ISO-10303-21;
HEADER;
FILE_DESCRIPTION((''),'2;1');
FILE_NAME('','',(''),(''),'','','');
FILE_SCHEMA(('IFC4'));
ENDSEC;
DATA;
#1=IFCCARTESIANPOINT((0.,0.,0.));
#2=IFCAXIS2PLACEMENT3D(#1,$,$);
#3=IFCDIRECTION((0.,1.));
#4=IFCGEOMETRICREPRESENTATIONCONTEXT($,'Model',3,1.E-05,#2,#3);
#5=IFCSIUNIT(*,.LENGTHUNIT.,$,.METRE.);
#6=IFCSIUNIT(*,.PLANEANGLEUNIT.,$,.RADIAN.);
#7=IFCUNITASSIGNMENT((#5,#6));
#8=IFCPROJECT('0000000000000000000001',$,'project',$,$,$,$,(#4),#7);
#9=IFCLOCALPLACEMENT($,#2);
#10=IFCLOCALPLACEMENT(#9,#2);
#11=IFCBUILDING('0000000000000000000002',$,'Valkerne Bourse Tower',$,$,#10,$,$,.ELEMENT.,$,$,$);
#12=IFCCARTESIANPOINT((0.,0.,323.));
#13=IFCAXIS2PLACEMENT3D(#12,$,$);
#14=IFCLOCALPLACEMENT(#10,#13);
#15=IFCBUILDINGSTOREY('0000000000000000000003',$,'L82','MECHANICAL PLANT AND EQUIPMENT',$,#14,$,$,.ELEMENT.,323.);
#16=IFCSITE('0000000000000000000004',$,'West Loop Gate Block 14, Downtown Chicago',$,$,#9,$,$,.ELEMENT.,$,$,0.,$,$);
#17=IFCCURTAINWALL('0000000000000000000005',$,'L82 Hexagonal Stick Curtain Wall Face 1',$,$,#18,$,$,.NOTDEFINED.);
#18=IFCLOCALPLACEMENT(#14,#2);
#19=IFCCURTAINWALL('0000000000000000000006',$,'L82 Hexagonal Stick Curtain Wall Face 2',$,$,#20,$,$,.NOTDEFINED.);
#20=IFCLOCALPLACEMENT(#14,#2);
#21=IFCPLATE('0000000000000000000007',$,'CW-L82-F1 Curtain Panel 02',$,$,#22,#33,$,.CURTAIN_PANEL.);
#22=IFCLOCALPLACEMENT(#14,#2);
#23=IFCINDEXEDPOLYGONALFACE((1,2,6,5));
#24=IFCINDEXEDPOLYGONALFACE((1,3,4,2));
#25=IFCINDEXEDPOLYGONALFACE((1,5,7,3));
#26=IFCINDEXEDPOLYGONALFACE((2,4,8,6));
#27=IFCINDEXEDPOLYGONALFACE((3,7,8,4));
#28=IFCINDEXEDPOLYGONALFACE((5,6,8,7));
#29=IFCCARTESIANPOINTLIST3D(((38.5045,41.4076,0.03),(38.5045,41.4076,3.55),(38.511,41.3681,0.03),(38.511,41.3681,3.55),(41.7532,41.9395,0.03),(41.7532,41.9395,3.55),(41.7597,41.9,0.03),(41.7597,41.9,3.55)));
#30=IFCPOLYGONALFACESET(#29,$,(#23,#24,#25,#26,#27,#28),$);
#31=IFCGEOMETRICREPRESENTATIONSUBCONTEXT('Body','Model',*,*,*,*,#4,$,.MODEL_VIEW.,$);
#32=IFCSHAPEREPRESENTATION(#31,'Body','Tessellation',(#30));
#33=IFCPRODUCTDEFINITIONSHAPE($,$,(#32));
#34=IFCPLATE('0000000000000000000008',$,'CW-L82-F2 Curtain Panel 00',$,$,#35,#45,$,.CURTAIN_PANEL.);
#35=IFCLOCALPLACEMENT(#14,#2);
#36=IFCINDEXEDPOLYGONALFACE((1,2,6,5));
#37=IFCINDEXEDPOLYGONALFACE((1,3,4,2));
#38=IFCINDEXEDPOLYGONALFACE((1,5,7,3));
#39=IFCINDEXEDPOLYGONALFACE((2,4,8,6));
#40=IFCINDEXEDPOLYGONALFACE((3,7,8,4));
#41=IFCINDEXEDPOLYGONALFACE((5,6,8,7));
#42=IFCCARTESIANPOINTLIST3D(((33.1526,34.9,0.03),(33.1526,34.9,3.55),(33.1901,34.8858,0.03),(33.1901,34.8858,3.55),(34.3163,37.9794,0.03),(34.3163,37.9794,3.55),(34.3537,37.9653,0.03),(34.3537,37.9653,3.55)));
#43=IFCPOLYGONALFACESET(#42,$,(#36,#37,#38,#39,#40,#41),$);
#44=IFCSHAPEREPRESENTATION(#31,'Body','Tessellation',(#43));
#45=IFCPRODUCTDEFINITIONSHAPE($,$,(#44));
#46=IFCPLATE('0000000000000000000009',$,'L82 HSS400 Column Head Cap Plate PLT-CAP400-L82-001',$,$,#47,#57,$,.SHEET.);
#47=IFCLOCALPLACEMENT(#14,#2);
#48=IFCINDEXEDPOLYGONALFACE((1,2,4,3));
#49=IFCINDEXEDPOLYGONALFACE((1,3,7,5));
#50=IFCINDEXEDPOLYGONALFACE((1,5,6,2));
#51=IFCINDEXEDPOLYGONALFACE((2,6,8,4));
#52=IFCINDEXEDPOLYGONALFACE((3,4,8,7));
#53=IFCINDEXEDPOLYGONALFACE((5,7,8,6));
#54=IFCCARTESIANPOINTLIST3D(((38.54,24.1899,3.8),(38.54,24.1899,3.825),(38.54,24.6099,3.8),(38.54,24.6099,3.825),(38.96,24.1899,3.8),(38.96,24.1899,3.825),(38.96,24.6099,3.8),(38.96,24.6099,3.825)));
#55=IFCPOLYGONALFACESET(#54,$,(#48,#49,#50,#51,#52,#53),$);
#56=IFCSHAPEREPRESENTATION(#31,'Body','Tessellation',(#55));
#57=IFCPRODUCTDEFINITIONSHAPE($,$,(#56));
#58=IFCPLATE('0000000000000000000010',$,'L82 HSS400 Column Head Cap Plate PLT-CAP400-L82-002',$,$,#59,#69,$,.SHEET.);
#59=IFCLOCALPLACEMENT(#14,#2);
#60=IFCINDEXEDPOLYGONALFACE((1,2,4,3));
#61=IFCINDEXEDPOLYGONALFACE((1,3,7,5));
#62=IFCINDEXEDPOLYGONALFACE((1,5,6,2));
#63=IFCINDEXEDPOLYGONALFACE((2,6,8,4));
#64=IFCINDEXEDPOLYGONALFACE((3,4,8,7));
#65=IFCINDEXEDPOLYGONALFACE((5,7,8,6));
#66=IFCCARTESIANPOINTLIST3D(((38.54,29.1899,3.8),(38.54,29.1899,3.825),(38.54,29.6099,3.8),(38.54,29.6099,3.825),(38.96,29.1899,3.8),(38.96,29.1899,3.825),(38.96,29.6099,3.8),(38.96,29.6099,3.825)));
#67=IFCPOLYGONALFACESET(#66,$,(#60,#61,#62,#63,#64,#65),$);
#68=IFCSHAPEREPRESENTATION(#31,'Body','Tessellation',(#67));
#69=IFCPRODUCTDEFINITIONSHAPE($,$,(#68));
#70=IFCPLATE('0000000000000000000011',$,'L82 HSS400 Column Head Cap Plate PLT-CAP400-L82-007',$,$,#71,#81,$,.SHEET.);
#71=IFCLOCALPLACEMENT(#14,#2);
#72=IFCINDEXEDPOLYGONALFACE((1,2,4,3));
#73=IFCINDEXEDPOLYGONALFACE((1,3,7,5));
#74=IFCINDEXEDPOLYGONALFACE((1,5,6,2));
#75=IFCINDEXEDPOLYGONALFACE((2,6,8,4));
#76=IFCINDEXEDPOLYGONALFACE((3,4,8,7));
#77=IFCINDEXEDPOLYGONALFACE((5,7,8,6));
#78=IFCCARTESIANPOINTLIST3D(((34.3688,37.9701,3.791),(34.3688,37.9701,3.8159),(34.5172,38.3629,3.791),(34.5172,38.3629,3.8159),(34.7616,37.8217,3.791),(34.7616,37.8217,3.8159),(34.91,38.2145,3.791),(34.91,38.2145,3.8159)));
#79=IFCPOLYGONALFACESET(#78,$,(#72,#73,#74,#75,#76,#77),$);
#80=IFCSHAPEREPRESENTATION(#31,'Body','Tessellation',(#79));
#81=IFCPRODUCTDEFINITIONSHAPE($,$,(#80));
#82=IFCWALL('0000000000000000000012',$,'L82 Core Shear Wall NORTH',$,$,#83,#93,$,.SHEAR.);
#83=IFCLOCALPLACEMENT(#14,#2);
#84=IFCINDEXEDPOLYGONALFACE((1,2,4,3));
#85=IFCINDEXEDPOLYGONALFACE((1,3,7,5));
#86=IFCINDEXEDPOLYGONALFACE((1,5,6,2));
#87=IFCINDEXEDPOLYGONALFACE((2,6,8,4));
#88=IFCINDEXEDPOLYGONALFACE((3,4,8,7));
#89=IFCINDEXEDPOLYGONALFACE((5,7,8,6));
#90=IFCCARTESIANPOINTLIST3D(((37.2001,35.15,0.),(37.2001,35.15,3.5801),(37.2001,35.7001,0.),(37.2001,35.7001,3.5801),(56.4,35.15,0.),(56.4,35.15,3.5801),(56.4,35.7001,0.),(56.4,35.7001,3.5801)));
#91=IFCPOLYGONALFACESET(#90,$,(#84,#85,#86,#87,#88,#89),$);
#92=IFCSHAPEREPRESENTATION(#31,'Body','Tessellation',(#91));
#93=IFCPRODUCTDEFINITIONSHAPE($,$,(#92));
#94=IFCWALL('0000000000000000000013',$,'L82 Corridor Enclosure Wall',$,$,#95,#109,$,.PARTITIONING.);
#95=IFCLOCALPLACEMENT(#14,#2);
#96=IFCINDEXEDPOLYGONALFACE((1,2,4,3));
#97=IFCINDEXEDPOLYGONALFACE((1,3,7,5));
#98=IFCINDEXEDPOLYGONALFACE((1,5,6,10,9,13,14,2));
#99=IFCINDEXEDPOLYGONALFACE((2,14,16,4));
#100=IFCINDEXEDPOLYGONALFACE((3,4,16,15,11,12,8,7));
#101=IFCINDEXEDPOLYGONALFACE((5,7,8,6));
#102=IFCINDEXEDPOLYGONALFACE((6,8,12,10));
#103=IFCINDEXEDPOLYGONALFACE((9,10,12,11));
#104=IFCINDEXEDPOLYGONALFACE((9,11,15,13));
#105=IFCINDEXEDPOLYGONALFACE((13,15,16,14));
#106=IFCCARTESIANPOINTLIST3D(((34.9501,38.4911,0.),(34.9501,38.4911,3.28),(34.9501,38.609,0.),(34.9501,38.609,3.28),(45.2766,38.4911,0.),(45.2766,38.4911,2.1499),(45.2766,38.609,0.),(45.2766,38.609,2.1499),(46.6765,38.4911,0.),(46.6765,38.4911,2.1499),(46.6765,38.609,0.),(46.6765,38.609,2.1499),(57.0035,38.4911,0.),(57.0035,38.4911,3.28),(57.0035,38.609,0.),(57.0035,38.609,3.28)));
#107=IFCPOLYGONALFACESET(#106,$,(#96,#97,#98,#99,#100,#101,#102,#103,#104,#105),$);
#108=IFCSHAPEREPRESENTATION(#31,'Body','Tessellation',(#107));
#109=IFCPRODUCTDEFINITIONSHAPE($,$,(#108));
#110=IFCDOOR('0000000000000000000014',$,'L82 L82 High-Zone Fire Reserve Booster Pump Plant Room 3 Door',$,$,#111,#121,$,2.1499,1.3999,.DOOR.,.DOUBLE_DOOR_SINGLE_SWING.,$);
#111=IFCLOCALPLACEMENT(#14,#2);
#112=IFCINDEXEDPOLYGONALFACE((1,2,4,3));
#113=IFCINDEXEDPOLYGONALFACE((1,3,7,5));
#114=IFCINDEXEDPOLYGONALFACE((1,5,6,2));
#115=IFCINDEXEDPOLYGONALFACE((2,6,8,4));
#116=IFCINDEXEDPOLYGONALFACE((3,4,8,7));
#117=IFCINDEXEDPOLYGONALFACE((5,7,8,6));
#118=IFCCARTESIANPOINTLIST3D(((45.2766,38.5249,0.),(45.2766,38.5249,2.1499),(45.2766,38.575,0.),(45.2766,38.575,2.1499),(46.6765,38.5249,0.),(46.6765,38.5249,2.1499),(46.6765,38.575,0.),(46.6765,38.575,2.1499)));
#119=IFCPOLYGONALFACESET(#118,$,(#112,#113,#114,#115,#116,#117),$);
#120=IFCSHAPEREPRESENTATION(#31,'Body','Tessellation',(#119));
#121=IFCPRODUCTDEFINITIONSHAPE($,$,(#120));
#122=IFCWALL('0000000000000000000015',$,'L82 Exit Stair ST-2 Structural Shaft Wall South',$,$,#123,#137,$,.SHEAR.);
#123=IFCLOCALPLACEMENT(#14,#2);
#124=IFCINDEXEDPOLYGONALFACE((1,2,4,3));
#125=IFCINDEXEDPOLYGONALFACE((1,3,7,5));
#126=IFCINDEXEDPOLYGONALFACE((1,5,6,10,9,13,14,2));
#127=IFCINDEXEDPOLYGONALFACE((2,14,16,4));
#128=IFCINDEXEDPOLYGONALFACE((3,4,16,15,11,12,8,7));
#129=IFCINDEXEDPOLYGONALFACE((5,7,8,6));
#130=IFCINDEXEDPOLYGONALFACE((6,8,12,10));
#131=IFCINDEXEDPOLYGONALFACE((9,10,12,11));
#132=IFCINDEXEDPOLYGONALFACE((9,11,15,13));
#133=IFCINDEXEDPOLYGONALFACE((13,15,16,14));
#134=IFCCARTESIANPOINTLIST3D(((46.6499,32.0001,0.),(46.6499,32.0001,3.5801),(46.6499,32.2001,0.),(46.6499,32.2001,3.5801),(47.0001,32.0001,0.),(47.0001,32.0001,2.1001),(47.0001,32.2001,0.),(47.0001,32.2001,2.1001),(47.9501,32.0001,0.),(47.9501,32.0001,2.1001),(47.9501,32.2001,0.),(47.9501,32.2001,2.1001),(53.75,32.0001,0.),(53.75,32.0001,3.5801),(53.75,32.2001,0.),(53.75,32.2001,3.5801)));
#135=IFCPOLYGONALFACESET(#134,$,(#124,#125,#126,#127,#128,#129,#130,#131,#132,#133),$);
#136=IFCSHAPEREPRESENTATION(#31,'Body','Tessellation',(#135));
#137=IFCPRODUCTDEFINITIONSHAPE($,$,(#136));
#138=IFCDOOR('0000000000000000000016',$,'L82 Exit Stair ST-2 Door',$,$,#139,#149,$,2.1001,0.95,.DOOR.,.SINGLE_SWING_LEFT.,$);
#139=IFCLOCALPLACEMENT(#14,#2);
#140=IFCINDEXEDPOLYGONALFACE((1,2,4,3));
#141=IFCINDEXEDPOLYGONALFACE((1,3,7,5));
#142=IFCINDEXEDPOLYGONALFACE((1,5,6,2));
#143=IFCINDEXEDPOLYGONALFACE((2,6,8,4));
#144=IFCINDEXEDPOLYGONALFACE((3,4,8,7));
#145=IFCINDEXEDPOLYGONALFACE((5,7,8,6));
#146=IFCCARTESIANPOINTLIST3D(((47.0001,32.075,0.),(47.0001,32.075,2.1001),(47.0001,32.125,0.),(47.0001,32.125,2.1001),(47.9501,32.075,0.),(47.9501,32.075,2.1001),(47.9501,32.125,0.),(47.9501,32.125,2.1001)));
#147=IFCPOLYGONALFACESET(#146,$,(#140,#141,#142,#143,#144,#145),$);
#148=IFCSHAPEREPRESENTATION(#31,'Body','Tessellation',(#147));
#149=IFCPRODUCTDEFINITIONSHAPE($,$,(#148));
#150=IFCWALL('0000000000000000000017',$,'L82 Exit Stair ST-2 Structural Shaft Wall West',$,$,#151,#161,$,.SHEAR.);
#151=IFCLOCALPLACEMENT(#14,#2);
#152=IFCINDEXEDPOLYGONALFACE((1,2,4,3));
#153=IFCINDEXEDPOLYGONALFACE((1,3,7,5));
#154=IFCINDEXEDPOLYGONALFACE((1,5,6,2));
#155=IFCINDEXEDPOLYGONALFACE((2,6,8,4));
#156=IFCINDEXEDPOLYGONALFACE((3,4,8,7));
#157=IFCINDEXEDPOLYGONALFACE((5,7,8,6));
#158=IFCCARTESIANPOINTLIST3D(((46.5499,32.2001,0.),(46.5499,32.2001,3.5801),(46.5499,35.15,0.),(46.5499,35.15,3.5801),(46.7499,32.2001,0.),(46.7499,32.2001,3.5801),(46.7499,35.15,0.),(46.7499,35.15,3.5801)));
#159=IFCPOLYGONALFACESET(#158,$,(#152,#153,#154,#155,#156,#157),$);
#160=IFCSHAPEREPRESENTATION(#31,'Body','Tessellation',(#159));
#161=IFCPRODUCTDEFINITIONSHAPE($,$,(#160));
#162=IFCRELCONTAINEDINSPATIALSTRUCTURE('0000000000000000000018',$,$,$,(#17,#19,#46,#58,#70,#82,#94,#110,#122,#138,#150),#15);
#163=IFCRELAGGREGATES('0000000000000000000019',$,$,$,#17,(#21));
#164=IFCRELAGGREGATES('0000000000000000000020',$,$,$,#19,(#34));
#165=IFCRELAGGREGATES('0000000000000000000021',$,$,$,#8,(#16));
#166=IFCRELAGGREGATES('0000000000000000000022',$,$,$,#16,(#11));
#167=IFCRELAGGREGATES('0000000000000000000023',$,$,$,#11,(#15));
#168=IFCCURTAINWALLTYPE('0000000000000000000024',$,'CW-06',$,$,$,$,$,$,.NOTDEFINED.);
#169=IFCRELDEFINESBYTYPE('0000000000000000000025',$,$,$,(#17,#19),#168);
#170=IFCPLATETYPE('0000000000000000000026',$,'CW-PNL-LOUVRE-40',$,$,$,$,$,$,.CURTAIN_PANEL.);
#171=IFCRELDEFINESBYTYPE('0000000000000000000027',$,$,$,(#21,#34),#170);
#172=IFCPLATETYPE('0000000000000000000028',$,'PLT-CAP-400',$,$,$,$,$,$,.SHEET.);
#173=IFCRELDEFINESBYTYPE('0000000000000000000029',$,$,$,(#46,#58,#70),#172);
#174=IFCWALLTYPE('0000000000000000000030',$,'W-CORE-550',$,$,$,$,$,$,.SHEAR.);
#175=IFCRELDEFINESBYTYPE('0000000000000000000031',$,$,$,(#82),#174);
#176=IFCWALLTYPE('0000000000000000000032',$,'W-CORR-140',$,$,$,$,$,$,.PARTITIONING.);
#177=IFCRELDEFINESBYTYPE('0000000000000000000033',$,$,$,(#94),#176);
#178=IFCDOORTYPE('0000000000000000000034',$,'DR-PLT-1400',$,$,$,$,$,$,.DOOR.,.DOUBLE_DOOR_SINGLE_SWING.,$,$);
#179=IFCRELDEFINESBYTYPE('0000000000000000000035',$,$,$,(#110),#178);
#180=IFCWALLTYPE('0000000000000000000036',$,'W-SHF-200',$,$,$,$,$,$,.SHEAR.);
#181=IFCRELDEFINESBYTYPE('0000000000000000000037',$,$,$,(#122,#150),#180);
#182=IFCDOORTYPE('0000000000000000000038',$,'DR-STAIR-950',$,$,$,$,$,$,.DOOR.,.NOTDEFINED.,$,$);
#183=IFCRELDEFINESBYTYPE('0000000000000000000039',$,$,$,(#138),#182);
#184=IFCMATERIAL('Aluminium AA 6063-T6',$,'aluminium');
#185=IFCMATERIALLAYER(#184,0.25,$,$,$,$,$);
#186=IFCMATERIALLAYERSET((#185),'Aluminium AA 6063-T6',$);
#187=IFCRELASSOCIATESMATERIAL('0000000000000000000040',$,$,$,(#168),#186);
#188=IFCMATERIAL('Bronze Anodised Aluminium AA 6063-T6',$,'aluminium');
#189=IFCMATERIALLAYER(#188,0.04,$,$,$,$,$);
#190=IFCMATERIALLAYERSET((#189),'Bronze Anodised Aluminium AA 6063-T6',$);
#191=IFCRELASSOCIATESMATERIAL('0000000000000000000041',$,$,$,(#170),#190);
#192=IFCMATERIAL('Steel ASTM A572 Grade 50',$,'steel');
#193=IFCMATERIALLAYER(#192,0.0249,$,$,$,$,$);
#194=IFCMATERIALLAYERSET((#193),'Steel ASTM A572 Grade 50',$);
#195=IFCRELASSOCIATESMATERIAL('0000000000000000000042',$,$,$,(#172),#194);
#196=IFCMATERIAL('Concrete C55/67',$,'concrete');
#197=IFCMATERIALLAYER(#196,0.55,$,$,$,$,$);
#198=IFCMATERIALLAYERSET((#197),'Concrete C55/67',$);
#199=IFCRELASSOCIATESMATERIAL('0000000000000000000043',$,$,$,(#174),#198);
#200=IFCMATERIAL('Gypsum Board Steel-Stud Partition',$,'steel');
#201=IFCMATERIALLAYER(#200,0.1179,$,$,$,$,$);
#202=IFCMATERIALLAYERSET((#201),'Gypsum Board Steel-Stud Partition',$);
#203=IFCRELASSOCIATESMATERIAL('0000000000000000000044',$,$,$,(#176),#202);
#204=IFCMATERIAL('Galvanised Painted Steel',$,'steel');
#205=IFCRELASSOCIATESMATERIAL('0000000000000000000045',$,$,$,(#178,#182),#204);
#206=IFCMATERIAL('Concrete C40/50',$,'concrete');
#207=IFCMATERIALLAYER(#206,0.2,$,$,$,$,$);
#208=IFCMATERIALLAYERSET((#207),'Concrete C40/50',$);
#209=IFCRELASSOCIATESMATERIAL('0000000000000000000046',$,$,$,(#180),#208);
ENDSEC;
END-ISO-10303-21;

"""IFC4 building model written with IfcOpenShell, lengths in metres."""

from ifc_helpers import new_model, si_unit, direction, frame, frame_2d, origin, origin_2d, place, context, subcontext, project, spatial, rectangle, extrude, material, layer, layer_set, type_object, element, fill, aggregate, save


model = new_model("IFC4")

# Units and contexts
model_context = context("Model", 3, precision=1e-05, world=origin(), true_north=direction((0.0, 1.0)))
body_context = subcontext(model_context, "Body", "Model", "MODEL_VIEW")
ifc_project = project(units=[si_unit("LENGTHUNIT", "METRE"), si_unit("PLANEANGLEUNIT", "RADIAN")], contexts=[model_context])

# Site, building, storey
site_placement = place(None, origin())
site = spatial("IfcSite", under=ifc_project, at=site_placement, Name="West Loop Gate Block 14, Downtown Chicago", CompositionType="ELEMENT", RefElevation=0.0)
building_placement = place(site_placement, origin())
building = spatial("IfcBuilding", under=site, at=building_placement, Name="Valkerne Bourse Tower", CompositionType="ELEMENT")
storey_placement = place(building_placement, frame((0.0, 0.0, 323.0)))
storey = spatial("IfcBuildingStorey", under=building, at=storey_placement, Name="L82", Description="MECHANICAL PLANT AND EQUIPMENT", CompositionType="ELEMENT", Elevation=323.0)

# Curtain wall
ifc_material_1 = material(Name="Aluminium AA 6063-T6", Category="aluminium")
ifc_layer_1 = layer(ifc_material_1, 0.25)
ifc_layer_set_1 = layer_set([ifc_layer_1], Name="Aluminium AA 6063-T6")
curtain_wall_type = type_object("IfcCurtainWallType", Name="CW-06", PredefinedType="NOTDEFINED", material=ifc_layer_set_1)
curtain_wall_1_placement = place(storey_placement, origin())
curtain_wall_1 = element("IfcCurtainWall", 1, at=curtain_wall_1_placement, inside=storey, type_object=curtain_wall_type, Name="L82 Hexagonal Stick Curtain Wall Face 1", PredefinedType="NOTDEFINED")

# Curtain wall
curtain_wall_2_placement = place(storey_placement, origin())
curtain_wall_2 = element("IfcCurtainWall", 2, at=curtain_wall_2_placement, inside=storey, type_object=curtain_wall_type, Name="L82 Hexagonal Stick Curtain Wall Face 2", PredefinedType="NOTDEFINED")

# Plates
ifc_material_2 = material(Name="Bronze Anodised Aluminium AA 6063-T6", Category="aluminium")
ifc_layer_2 = layer(ifc_material_2, 0.04)
ifc_layer_set_2 = layer_set([ifc_layer_2], Name="Bronze Anodised Aluminium AA 6063-T6")
plate_type_1 = type_object("IfcPlateType", Name="CW-PNL-LOUVRE-40", PredefinedType="CURTAIN_PANEL", material=ifc_layer_set_2)
plate_1_placement = place(storey_placement, frame((40.1321, 41.6538, 0.03), z_axis=(0.0, 0.0, 1.0), x_axis=(-0.986858, -0.161588, 0.0)))
plate_1 = element("IfcPlate", 3, at=plate_1_placement, type_object=plate_type_1, Name="CW-L82-F1 Curtain Panel 02", PredefinedType="CURTAIN_PANEL", context=body_context, shape_type="SweptSolid", body=[
    extrude(rectangle(XDim=3.292, YDim=0.04, at=origin_2d()), origin(), (0.0, 0.0, 1.0), 3.52),
])
aggregate(curtain_wall_1, [plate_1])
plate_2_placement = place(storey_placement, frame((33.7532, 36.4326, 0.03), z_axis=(0.0, 0.0, 1.0), x_axis=(-0.353487, -0.935439, 0.0)))
plate_2 = element("IfcPlate", 4, at=plate_2_placement, type_object=plate_type_1, Name="CW-L82-F2 Curtain Panel 00", PredefinedType="CURTAIN_PANEL", context=body_context, shape_type="SweptSolid", body=[
    extrude(rectangle(XDim=3.292, YDim=0.04, at=origin_2d()), origin(), (0.0, 0.0, 1.0), 3.52),
])
aggregate(curtain_wall_2, [plate_2])

# Plates
ifc_material_3 = material(Name="Steel ASTM A572 Grade 50", Category="steel")
ifc_layer_3 = layer(ifc_material_3, 0.0249)
ifc_layer_set_3 = layer_set([ifc_layer_3], Name="Steel ASTM A572 Grade 50")
plate_type_2 = type_object("IfcPlateType", Name="PLT-CAP-400", PredefinedType="SHEET", material=ifc_layer_set_3)
for number, where, z_axis, x_axis, name in (
    (5, (38.75, 24.3999, 3.8), (0.0, 0.0, 1.0), (1.0, 0.0, 0.0), "L82 HSS400 Column Head Cap Plate PLT-CAP400-L82-001"),
    (6, (38.75, 29.3999, 3.8), (0.0, 0.0, 1.0), (1.0, 0.0, 0.0), "L82 HSS400 Column Head Cap Plate PLT-CAP400-L82-002"),
    (7, (34.6394, 38.0923, 3.791), (0.0, 0.0, 1.0), (-0.353475, -0.935444, 0.0), "L82 HSS400 Column Head Cap Plate PLT-CAP400-L82-007"),
):
    element("IfcPlate", number, at=place(storey_placement, frame(where, z_axis=z_axis, x_axis=x_axis)), inside=storey, type_object=plate_type_2, Name=name, PredefinedType="SHEET", context=body_context, shape_type="SweptSolid", body=[
        extrude(rectangle(XDim=0.4199, YDim=0.4199, at=origin_2d()), origin(), (0.0, 0.0, 1.0), 0.0249),
    ])

# Wall
ifc_material_4 = material(Name="Concrete C55/67", Category="concrete")
ifc_layer_4 = layer(ifc_material_4, 0.55)
ifc_layer_set_4 = layer_set([ifc_layer_4], Name="Concrete C55/67")
wall_type_1 = type_object("IfcWallType", Name="W-CORE-550", PredefinedType="SHEAR", material=ifc_layer_set_4)
wall_1_placement = place(storey_placement, frame((37.2, 35.425, 0.0), z_axis=(0.0, 0.0, 1.0), x_axis=(1.0, 0.0, 0.0)))
element("IfcWall", 8, at=wall_1_placement, inside=storey, type_object=wall_type_1, Name="L82 Core Shear Wall NORTH", PredefinedType="SHEAR", context=body_context, shape_type="SweptSolid", body=[
    extrude(rectangle(XDim=19.2, YDim=0.55, at=frame_2d((9.6001, 0.0))), origin(), (0.0, 0.0, 1.0), 3.5801),
])

# Walls, openings, doors
ifc_material_5 = material(Name="Gypsum Board Steel-Stud Partition", Category="steel")
ifc_layer_5 = layer(ifc_material_5, 0.1179)
ifc_layer_set_5 = layer_set([ifc_layer_5], Name="Gypsum Board Steel-Stud Partition")
wall_type_2 = type_object("IfcWallType", Name="W-CORR-140", PredefinedType="PARTITIONING", material=ifc_layer_set_5)
wall_2_placement = place(storey_placement, frame((34.95, 38.55, 0.0), z_axis=(0.0, 0.0, 1.0), x_axis=(1.0, 0.0, 0.0)))
wall_2 = element("IfcWall", 9, at=wall_2_placement, inside=storey, type_object=wall_type_2, Name="L82 Corridor Enclosure Wall", PredefinedType="PARTITIONING", context=body_context, shape_type="SweptSolid", body=[
    extrude(rectangle(XDim=22.0535, YDim=0.1179, at=frame_2d((11.0269, 0.0))), origin(), (0.0, 0.0, 1.0), 3.28),
])
opening_1_placement = place(wall_2_placement, frame((10.3267, 0.0, 0.0)))
opening_1 = element("IfcOpeningElement", 10, at=opening_1_placement, cuts=wall_2, PredefinedType="OPENING", context=body_context, shape_type="SweptSolid", body=[
    extrude(rectangle(XDim=1.3999, YDim=2.1499, at=frame_2d((0.7, 1.075))), frame((0.0, 0.0688, 0.0), z_axis=(0.0, -1.0, 0.0), x_axis=(1.0, 0.0, 0.0)), (0.0, 0.0, 1.0), 0.1379),
])
ifc_material_6 = material(Name="Galvanised Painted Steel", Category="steel")
door_type_1 = type_object("IfcDoorType", Name="DR-PLT-1400", OperationType="DOUBLE_DOOR_SINGLE_SWING", PredefinedType="DOOR", material=ifc_material_6)
door_1_placement = place(opening_1_placement, origin())
door_1 = element("IfcDoor", 11, at=door_1_placement, inside=storey, type_object=door_type_1, Name="L82 L82 High-Zone Fire Reserve Booster Pump Plant Room 3 Door", OperationType="DOUBLE_DOOR_SINGLE_SWING", OverallHeight=2.1499, OverallWidth=1.3999, PredefinedType="DOOR", context=body_context, shape_type="SweptSolid", body=[
    extrude(rectangle(XDim=1.3999, YDim=2.1499, at=frame_2d((0.7, 1.075))), frame((0.0, 0.0249, 0.0), z_axis=(0.0, -1.0, 0.0), x_axis=(1.0, 0.0, 0.0)), (0.0, 0.0, 1.0), 0.05),
])
fill(opening_1, door_1)
ifc_material_7 = material(Name="Concrete C40/50", Category="concrete")
ifc_layer_6 = layer(ifc_material_7, 0.2)
ifc_layer_set_6 = layer_set([ifc_layer_6], Name="Concrete C40/50")
wall_type_3 = type_object("IfcWallType", Name="W-SHF-200", PredefinedType="SHEAR", material=ifc_layer_set_6)
wall_3_placement = place(storey_placement, frame((46.6499, 32.1001, 0.0), z_axis=(0.0, 0.0, 1.0), x_axis=(1.0, 0.0, 0.0)))
wall_3 = element("IfcWall", 12, at=wall_3_placement, inside=storey, type_object=wall_type_3, Name="L82 Exit Stair ST-2 Structural Shaft Wall South", PredefinedType="SHEAR", context=body_context, shape_type="SweptSolid", body=[
    extrude(rectangle(XDim=7.1001, YDim=0.2, at=frame_2d((3.55, 0.0))), origin(), (0.0, 0.0, 1.0), 3.5801),
])
opening_2_placement = place(wall_3_placement, frame((0.3501, 0.0, 0.0)))
opening_2 = element("IfcOpeningElement", 13, at=opening_2_placement, cuts=wall_3, PredefinedType="OPENING", context=body_context, shape_type="SweptSolid", body=[
    extrude(rectangle(XDim=0.95, YDim=2.1001, at=frame_2d((0.4751, 1.05))), frame((0.0, 0.1099, 0.0), z_axis=(0.0, -1.0, 0.0), x_axis=(1.0, 0.0, 0.0)), (0.0, 0.0, 1.0), 0.22),
])
door_type_2 = type_object("IfcDoorType", Name="DR-STAIR-950", OperationType="NOTDEFINED", PredefinedType="DOOR", material=ifc_material_6)
door_2_placement = place(opening_2_placement, origin())
door_2 = element("IfcDoor", 14, at=door_2_placement, inside=storey, type_object=door_type_2, Name="L82 Exit Stair ST-2 Door", OperationType="SINGLE_SWING_LEFT", OverallHeight=2.1001, OverallWidth=0.95, PredefinedType="DOOR", context=body_context, shape_type="SweptSolid", body=[
    extrude(rectangle(XDim=0.95, YDim=2.1001, at=frame_2d((0.4751, 1.05))), frame((0.0, 0.0249, 0.0), z_axis=(0.0, -1.0, 0.0), x_axis=(1.0, 0.0, 0.0)), (0.0, 0.0, 1.0), 0.05),
])
fill(opening_2, door_2)

# Wall
wall_4_placement = place(storey_placement, frame((46.6499, 32.2, 0.0), z_axis=(0.0, 0.0, 1.0), x_axis=(0.0, 1.0, 0.0)))
element("IfcWall", 15, at=wall_4_placement, inside=storey, type_object=wall_type_3, Name="L82 Exit Stair ST-2 Structural Shaft Wall West", PredefinedType="SHEAR", context=body_context, shape_type="SweptSolid", body=[
    extrude(rectangle(XDim=2.95, YDim=0.2, at=frame_2d((1.4751, 0.0))), origin(), (0.0, 0.0, 1.0), 3.5801),
])

save(model, "model.ifc")
